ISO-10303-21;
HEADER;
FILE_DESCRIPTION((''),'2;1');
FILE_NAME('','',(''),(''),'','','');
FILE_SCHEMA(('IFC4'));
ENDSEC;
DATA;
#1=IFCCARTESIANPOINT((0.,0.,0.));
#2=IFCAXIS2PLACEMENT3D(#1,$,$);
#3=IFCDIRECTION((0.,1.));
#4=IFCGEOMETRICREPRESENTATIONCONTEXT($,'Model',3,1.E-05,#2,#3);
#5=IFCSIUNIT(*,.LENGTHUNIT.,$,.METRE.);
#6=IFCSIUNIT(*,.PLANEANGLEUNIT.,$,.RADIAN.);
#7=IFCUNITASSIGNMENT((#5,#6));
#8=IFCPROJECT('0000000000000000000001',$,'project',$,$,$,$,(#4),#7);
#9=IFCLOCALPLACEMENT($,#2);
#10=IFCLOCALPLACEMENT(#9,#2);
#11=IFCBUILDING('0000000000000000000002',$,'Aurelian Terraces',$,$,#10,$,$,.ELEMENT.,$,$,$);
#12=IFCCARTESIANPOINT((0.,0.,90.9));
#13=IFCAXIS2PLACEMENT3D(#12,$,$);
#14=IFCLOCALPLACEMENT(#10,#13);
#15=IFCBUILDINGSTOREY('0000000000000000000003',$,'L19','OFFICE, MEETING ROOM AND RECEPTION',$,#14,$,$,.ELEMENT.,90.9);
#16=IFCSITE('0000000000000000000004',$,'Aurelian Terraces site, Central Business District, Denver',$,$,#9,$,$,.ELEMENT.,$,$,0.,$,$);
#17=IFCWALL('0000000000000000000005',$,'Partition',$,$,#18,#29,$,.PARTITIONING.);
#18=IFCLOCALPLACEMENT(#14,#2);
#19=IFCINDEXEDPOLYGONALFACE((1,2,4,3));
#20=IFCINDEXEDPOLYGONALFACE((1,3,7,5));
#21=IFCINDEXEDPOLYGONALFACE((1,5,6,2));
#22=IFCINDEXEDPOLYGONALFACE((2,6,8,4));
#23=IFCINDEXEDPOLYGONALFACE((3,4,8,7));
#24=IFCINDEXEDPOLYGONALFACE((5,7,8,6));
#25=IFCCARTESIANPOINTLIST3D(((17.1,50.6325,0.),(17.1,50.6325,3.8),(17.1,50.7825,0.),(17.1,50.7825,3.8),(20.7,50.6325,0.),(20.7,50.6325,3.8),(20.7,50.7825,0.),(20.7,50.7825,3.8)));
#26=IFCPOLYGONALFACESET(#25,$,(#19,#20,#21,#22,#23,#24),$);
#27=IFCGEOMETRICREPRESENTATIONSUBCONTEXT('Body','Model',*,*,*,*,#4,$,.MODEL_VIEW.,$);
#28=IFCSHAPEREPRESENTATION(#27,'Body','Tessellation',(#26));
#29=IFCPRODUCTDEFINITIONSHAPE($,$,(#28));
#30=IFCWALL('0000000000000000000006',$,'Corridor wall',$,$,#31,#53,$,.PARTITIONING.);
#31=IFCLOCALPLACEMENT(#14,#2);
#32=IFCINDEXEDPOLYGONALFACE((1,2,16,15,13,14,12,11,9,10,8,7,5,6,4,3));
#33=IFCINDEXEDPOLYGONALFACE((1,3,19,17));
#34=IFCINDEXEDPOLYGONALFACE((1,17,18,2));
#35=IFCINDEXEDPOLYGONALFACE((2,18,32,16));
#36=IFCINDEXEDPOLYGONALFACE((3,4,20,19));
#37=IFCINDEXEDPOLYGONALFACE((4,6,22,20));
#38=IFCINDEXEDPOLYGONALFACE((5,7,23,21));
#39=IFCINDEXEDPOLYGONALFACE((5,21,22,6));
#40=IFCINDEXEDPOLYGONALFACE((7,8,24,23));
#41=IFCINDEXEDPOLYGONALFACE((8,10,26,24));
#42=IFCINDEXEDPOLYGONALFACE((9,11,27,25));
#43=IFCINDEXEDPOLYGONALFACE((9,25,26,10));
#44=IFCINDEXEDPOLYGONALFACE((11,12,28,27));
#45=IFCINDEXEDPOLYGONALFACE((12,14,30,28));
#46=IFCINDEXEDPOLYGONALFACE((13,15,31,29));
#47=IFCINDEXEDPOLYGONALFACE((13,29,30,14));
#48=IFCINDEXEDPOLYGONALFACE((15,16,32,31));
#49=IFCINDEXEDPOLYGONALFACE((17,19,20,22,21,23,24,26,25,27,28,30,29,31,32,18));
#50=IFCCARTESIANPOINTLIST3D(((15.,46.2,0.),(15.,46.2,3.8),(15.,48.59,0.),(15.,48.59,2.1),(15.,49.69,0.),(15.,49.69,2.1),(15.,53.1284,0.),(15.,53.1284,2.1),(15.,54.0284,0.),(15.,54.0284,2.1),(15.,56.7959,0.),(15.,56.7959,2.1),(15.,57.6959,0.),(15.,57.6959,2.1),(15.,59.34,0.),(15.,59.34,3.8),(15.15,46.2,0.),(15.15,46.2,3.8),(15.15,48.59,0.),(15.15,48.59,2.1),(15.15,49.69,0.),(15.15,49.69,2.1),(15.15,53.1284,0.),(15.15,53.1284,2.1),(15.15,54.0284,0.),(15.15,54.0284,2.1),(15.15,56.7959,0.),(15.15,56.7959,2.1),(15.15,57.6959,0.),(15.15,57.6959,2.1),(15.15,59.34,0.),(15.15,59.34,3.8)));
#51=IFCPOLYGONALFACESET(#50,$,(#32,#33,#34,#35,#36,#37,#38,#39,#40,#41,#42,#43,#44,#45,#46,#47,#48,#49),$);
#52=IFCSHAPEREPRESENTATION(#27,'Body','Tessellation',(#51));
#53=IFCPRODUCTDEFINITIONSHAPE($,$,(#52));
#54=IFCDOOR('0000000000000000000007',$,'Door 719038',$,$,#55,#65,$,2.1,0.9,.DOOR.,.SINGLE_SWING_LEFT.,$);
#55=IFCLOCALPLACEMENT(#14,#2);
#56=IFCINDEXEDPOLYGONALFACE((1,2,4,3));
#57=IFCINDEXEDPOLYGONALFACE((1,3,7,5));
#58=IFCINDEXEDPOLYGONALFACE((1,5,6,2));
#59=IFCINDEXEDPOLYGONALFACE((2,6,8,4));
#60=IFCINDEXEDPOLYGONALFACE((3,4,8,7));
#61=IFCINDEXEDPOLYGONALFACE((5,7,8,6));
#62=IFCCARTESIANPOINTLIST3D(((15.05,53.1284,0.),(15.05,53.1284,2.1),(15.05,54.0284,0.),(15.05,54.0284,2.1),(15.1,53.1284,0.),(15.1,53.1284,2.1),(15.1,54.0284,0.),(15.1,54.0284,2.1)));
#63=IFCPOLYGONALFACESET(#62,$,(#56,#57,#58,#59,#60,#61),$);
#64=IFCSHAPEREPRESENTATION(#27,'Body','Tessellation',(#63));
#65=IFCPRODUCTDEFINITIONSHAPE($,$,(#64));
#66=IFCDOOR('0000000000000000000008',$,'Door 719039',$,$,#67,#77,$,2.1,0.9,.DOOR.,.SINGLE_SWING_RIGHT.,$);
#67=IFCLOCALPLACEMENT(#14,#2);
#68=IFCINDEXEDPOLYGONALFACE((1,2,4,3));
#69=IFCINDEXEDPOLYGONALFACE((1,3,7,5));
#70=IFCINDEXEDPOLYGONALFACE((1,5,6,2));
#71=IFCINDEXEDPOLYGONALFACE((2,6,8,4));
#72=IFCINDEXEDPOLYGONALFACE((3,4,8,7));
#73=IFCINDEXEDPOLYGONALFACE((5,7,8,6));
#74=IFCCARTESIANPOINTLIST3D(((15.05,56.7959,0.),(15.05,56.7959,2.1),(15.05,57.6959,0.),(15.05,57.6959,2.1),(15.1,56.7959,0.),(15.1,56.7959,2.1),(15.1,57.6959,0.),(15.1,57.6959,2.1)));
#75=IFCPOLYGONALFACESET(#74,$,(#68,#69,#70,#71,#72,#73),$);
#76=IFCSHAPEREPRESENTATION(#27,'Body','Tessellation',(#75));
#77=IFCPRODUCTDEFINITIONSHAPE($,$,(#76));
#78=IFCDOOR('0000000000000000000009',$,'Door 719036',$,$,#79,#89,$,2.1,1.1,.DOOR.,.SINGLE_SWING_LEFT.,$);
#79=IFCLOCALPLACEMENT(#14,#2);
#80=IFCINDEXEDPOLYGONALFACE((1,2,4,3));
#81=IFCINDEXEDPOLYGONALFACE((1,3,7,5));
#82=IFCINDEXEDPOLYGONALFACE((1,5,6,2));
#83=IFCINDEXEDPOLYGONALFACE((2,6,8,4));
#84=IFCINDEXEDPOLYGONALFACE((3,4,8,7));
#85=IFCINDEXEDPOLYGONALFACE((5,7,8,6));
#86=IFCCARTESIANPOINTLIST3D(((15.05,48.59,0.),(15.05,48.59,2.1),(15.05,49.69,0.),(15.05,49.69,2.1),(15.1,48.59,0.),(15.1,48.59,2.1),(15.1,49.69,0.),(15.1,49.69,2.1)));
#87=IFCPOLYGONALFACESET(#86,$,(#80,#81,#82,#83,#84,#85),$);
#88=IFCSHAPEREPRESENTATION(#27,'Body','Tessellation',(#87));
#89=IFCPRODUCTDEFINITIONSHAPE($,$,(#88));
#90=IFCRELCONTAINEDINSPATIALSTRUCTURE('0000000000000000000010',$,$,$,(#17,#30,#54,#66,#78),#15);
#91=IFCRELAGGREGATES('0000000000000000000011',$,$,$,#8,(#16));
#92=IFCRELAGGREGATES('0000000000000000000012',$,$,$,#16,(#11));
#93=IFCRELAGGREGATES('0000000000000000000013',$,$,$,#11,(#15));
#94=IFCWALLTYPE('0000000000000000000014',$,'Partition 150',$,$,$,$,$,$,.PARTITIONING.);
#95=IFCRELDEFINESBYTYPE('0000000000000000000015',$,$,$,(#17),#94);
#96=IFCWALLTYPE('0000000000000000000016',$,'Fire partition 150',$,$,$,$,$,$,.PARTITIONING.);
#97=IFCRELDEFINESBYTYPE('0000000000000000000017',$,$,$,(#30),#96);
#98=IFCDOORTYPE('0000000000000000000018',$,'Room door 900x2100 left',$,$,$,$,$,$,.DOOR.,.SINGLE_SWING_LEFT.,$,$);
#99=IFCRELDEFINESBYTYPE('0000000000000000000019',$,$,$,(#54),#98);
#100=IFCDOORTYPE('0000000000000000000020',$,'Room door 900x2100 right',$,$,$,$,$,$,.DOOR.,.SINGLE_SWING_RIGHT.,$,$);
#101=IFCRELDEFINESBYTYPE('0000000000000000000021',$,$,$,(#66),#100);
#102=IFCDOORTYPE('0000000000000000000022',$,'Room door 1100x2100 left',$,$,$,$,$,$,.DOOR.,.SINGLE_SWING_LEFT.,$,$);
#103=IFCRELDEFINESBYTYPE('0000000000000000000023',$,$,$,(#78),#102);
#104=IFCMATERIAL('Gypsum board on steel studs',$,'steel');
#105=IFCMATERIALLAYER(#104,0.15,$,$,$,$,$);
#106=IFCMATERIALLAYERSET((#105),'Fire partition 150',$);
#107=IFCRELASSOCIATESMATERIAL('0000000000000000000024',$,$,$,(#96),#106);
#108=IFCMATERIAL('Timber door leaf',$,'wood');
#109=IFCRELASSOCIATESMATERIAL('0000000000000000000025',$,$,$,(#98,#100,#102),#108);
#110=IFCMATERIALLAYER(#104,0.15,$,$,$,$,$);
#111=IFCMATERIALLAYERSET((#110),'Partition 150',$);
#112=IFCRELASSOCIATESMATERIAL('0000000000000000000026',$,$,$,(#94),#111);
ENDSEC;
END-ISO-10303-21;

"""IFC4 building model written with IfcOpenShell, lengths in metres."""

from ifc_helpers import new_model, si_unit, direction, frame, frame_2d, origin, place, context, subcontext, project, spatial, rectangle, extrude, source, transform, mapped, material, layer, layer_set, type_object, element, fill, save


model = new_model("IFC4")

# Units and contexts
model_context = context("Model", 3, precision=1e-05, world=origin(), true_north=direction((0.0, 1.0)))
body_context = subcontext(model_context, "Body", "Model", "MODEL_VIEW")
ifc_project = project(units=[si_unit("LENGTHUNIT", "METRE"), si_unit("PLANEANGLEUNIT", "RADIAN")], contexts=[model_context])

# Site, building, storey
site_placement = place(None, origin())
site = spatial("IfcSite", under=ifc_project, at=site_placement, Name="Aurelian Terraces site, Central Business District, Denver", CompositionType="ELEMENT", RefElevation=0.0)
building_placement = place(site_placement, origin())
building = spatial("IfcBuilding", under=site, at=building_placement, Name="Aurelian Terraces", CompositionType="ELEMENT")
storey_placement = place(building_placement, frame((0.0, 0.0, 90.9)))
storey = spatial("IfcBuildingStorey", under=building, at=storey_placement, Name="L19", Description="OFFICE, MEETING ROOM AND RECEPTION", CompositionType="ELEMENT", Elevation=90.9)

# Shared definitions
ifc_material_1 = material(Name="Gypsum board on steel studs", Category="steel")
ifc_layer_1 = layer(ifc_material_1, 0.15)
ifc_layer_set_1 = layer_set([ifc_layer_1], Name="Fire partition 150")
wall_type_1 = type_object("IfcWallType", Name="Fire partition 150", PredefinedType="PARTITIONING", material=ifc_layer_set_1)
shared_shape_1 = source(origin(), body_context, "Body", "SweptSolid", [
    extrude(rectangle(XDim=0.9, YDim=2.1, at=frame_2d((0.45, 1.05))), frame((0.0, 0.085, 0.0), z_axis=(0.0, -1.0, 0.0), x_axis=(1.0, 0.0, 0.0)), (0.0, 0.0, 1.0), 0.17),
])
ifc_material_2 = material(Name="Timber door leaf", Category="wood")
door_type_1 = type_object("IfcDoorType", Name="Room door 900x2100 left", OperationType="SINGLE_SWING_LEFT", PredefinedType="DOOR", material=ifc_material_2)
shared_shape_2 = source(origin(), body_context, "Body", "SweptSolid", [
    extrude(rectangle(XDim=0.9, YDim=2.1, at=frame_2d((0.45, 1.05))), frame((0.0, 0.025, 0.0), z_axis=(0.0, -1.0, 0.0), x_axis=(1.0, 0.0, 0.0)), (0.0, 0.0, 1.0), 0.05),
])
door_type_2 = type_object("IfcDoorType", Name="Room door 900x2100 right", OperationType="SINGLE_SWING_RIGHT", PredefinedType="DOOR", material=ifc_material_2)

# Wall
ifc_layer_2 = layer(ifc_material_1, 0.15)
ifc_layer_set_2 = layer_set([ifc_layer_2], Name="Partition 150")
wall_type_2 = type_object("IfcWallType", Name="Partition 150", PredefinedType="PARTITIONING", material=ifc_layer_set_2)
shared_shape_3 = source(origin(), body_context, "Body", "SweptSolid", [
    extrude(rectangle(XDim=3.6, YDim=0.15, at=frame_2d((1.8, 0.0))), origin(), (0.0, 0.0, 1.0), 3.8),
])
wall_1_placement = place(storey_placement, frame((17.1, 50.7075, 0.0), z_axis=(0.0, 0.0, 1.0), x_axis=(1.0, 0.0, 0.0)))
element("IfcWall", 1, at=wall_1_placement, inside=storey, type_object=wall_type_2, Name="Partition", PredefinedType="PARTITIONING", context=body_context, shape_type="MappedRepresentation", body=[
    mapped(shared_shape_3, transform((0.0, 0.0, 0.0), scale=1.0)),
])

# Wall, openings, doors
shared_shape_4 = source(origin(), body_context, "Body", "SweptSolid", [
    extrude(rectangle(XDim=13.14, YDim=0.15, at=frame_2d((6.57, 0.0))), origin(), (0.0, 0.0, 1.0), 3.8),
])
wall_2_placement = place(storey_placement, frame((15.075, 46.2, 0.0), z_axis=(0.0, 0.0, 1.0), x_axis=(0.0, 1.0, 0.0)))
wall_2 = element("IfcWall", 2, at=wall_2_placement, inside=storey, type_object=wall_type_1, Name="Corridor wall", PredefinedType="PARTITIONING", context=body_context, shape_type="MappedRepresentation", body=[
    mapped(shared_shape_4, transform((0.0, 0.0, 0.0), scale=1.0)),
])
shared_shape_5 = source(origin(), body_context, "Body", "SweptSolid", [
    extrude(rectangle(XDim=1.1, YDim=2.1, at=frame_2d((0.55, 1.05))), frame((0.0, 0.085, 0.0), z_axis=(0.0, -1.0, 0.0), x_axis=(1.0, 0.0, 0.0)), (0.0, 0.0, 1.0), 0.17),
])
opening_1_placement = place(wall_2_placement, frame((2.39, 0.0, 0.0)))
opening_1 = element("IfcOpeningElement", 3, at=opening_1_placement, cuts=wall_2, PredefinedType="OPENING", context=body_context, shape_type="MappedRepresentation", body=[
    mapped(shared_shape_5, transform((0.0, 0.0, 0.0), scale=1.0)),
])
opening_2_placement = place(wall_2_placement, frame((6.9284, 0.0, 0.0)))
opening_2 = element("IfcOpeningElement", 4, at=opening_2_placement, cuts=wall_2, PredefinedType="OPENING", context=body_context, shape_type="MappedRepresentation", body=[
    mapped(shared_shape_1, transform((0.0, 0.0, 0.0), scale=1.0)),
])
opening_3_placement = place(wall_2_placement, frame((10.5959, 0.0, 0.0)))
opening_3 = element("IfcOpeningElement", 5, at=opening_3_placement, cuts=wall_2, PredefinedType="OPENING", context=body_context, shape_type="MappedRepresentation", body=[
    mapped(shared_shape_1, transform((0.0, 0.0, 0.0), scale=1.0)),
])
door_1_placement = place(opening_2_placement, origin())
door_1 = element("IfcDoor", 6, at=door_1_placement, inside=storey, type_object=door_type_1, Name="Door 719038", OperationType="SINGLE_SWING_LEFT", OverallHeight=2.1, OverallWidth=0.9, PredefinedType="DOOR", context=body_context, shape_type="MappedRepresentation", body=[
    mapped(shared_shape_2, transform((0.0, 0.0, 0.0), scale=1.0)),
])
fill(opening_2, door_1)
door_2_placement = place(opening_3_placement, origin())
door_2 = element("IfcDoor", 7, at=door_2_placement, inside=storey, type_object=door_type_2, Name="Door 719039", OperationType="SINGLE_SWING_RIGHT", OverallHeight=2.1, OverallWidth=0.9, PredefinedType="DOOR", context=body_context, shape_type="MappedRepresentation", body=[
    mapped(shared_shape_2, transform((0.0, 0.0, 0.0), scale=1.0)),
])
fill(opening_3, door_2)
door_type_3 = type_object("IfcDoorType", Name="Room door 1100x2100 left", OperationType="SINGLE_SWING_LEFT", PredefinedType="DOOR", material=ifc_material_2)
shared_shape_6 = source(origin(), body_context, "Body", "SweptSolid", [
    extrude(rectangle(XDim=1.1, YDim=2.1, at=frame_2d((0.55, 1.05))), frame((0.0, 0.025, 0.0), z_axis=(0.0, -1.0, 0.0), x_axis=(1.0, 0.0, 0.0)), (0.0, 0.0, 1.0), 0.05),
])
door_3_placement = place(opening_1_placement, origin())
door_3 = element("IfcDoor", 8, at=door_3_placement, inside=storey, type_object=door_type_3, Name="Door 719036", OperationType="SINGLE_SWING_LEFT", OverallHeight=2.1, OverallWidth=1.1, PredefinedType="DOOR", context=body_context, shape_type="MappedRepresentation", body=[
    mapped(shared_shape_6, transform((0.0, 0.0, 0.0), scale=1.0)),
])
fill(opening_1, door_3)

save(model, "model.ifc")
